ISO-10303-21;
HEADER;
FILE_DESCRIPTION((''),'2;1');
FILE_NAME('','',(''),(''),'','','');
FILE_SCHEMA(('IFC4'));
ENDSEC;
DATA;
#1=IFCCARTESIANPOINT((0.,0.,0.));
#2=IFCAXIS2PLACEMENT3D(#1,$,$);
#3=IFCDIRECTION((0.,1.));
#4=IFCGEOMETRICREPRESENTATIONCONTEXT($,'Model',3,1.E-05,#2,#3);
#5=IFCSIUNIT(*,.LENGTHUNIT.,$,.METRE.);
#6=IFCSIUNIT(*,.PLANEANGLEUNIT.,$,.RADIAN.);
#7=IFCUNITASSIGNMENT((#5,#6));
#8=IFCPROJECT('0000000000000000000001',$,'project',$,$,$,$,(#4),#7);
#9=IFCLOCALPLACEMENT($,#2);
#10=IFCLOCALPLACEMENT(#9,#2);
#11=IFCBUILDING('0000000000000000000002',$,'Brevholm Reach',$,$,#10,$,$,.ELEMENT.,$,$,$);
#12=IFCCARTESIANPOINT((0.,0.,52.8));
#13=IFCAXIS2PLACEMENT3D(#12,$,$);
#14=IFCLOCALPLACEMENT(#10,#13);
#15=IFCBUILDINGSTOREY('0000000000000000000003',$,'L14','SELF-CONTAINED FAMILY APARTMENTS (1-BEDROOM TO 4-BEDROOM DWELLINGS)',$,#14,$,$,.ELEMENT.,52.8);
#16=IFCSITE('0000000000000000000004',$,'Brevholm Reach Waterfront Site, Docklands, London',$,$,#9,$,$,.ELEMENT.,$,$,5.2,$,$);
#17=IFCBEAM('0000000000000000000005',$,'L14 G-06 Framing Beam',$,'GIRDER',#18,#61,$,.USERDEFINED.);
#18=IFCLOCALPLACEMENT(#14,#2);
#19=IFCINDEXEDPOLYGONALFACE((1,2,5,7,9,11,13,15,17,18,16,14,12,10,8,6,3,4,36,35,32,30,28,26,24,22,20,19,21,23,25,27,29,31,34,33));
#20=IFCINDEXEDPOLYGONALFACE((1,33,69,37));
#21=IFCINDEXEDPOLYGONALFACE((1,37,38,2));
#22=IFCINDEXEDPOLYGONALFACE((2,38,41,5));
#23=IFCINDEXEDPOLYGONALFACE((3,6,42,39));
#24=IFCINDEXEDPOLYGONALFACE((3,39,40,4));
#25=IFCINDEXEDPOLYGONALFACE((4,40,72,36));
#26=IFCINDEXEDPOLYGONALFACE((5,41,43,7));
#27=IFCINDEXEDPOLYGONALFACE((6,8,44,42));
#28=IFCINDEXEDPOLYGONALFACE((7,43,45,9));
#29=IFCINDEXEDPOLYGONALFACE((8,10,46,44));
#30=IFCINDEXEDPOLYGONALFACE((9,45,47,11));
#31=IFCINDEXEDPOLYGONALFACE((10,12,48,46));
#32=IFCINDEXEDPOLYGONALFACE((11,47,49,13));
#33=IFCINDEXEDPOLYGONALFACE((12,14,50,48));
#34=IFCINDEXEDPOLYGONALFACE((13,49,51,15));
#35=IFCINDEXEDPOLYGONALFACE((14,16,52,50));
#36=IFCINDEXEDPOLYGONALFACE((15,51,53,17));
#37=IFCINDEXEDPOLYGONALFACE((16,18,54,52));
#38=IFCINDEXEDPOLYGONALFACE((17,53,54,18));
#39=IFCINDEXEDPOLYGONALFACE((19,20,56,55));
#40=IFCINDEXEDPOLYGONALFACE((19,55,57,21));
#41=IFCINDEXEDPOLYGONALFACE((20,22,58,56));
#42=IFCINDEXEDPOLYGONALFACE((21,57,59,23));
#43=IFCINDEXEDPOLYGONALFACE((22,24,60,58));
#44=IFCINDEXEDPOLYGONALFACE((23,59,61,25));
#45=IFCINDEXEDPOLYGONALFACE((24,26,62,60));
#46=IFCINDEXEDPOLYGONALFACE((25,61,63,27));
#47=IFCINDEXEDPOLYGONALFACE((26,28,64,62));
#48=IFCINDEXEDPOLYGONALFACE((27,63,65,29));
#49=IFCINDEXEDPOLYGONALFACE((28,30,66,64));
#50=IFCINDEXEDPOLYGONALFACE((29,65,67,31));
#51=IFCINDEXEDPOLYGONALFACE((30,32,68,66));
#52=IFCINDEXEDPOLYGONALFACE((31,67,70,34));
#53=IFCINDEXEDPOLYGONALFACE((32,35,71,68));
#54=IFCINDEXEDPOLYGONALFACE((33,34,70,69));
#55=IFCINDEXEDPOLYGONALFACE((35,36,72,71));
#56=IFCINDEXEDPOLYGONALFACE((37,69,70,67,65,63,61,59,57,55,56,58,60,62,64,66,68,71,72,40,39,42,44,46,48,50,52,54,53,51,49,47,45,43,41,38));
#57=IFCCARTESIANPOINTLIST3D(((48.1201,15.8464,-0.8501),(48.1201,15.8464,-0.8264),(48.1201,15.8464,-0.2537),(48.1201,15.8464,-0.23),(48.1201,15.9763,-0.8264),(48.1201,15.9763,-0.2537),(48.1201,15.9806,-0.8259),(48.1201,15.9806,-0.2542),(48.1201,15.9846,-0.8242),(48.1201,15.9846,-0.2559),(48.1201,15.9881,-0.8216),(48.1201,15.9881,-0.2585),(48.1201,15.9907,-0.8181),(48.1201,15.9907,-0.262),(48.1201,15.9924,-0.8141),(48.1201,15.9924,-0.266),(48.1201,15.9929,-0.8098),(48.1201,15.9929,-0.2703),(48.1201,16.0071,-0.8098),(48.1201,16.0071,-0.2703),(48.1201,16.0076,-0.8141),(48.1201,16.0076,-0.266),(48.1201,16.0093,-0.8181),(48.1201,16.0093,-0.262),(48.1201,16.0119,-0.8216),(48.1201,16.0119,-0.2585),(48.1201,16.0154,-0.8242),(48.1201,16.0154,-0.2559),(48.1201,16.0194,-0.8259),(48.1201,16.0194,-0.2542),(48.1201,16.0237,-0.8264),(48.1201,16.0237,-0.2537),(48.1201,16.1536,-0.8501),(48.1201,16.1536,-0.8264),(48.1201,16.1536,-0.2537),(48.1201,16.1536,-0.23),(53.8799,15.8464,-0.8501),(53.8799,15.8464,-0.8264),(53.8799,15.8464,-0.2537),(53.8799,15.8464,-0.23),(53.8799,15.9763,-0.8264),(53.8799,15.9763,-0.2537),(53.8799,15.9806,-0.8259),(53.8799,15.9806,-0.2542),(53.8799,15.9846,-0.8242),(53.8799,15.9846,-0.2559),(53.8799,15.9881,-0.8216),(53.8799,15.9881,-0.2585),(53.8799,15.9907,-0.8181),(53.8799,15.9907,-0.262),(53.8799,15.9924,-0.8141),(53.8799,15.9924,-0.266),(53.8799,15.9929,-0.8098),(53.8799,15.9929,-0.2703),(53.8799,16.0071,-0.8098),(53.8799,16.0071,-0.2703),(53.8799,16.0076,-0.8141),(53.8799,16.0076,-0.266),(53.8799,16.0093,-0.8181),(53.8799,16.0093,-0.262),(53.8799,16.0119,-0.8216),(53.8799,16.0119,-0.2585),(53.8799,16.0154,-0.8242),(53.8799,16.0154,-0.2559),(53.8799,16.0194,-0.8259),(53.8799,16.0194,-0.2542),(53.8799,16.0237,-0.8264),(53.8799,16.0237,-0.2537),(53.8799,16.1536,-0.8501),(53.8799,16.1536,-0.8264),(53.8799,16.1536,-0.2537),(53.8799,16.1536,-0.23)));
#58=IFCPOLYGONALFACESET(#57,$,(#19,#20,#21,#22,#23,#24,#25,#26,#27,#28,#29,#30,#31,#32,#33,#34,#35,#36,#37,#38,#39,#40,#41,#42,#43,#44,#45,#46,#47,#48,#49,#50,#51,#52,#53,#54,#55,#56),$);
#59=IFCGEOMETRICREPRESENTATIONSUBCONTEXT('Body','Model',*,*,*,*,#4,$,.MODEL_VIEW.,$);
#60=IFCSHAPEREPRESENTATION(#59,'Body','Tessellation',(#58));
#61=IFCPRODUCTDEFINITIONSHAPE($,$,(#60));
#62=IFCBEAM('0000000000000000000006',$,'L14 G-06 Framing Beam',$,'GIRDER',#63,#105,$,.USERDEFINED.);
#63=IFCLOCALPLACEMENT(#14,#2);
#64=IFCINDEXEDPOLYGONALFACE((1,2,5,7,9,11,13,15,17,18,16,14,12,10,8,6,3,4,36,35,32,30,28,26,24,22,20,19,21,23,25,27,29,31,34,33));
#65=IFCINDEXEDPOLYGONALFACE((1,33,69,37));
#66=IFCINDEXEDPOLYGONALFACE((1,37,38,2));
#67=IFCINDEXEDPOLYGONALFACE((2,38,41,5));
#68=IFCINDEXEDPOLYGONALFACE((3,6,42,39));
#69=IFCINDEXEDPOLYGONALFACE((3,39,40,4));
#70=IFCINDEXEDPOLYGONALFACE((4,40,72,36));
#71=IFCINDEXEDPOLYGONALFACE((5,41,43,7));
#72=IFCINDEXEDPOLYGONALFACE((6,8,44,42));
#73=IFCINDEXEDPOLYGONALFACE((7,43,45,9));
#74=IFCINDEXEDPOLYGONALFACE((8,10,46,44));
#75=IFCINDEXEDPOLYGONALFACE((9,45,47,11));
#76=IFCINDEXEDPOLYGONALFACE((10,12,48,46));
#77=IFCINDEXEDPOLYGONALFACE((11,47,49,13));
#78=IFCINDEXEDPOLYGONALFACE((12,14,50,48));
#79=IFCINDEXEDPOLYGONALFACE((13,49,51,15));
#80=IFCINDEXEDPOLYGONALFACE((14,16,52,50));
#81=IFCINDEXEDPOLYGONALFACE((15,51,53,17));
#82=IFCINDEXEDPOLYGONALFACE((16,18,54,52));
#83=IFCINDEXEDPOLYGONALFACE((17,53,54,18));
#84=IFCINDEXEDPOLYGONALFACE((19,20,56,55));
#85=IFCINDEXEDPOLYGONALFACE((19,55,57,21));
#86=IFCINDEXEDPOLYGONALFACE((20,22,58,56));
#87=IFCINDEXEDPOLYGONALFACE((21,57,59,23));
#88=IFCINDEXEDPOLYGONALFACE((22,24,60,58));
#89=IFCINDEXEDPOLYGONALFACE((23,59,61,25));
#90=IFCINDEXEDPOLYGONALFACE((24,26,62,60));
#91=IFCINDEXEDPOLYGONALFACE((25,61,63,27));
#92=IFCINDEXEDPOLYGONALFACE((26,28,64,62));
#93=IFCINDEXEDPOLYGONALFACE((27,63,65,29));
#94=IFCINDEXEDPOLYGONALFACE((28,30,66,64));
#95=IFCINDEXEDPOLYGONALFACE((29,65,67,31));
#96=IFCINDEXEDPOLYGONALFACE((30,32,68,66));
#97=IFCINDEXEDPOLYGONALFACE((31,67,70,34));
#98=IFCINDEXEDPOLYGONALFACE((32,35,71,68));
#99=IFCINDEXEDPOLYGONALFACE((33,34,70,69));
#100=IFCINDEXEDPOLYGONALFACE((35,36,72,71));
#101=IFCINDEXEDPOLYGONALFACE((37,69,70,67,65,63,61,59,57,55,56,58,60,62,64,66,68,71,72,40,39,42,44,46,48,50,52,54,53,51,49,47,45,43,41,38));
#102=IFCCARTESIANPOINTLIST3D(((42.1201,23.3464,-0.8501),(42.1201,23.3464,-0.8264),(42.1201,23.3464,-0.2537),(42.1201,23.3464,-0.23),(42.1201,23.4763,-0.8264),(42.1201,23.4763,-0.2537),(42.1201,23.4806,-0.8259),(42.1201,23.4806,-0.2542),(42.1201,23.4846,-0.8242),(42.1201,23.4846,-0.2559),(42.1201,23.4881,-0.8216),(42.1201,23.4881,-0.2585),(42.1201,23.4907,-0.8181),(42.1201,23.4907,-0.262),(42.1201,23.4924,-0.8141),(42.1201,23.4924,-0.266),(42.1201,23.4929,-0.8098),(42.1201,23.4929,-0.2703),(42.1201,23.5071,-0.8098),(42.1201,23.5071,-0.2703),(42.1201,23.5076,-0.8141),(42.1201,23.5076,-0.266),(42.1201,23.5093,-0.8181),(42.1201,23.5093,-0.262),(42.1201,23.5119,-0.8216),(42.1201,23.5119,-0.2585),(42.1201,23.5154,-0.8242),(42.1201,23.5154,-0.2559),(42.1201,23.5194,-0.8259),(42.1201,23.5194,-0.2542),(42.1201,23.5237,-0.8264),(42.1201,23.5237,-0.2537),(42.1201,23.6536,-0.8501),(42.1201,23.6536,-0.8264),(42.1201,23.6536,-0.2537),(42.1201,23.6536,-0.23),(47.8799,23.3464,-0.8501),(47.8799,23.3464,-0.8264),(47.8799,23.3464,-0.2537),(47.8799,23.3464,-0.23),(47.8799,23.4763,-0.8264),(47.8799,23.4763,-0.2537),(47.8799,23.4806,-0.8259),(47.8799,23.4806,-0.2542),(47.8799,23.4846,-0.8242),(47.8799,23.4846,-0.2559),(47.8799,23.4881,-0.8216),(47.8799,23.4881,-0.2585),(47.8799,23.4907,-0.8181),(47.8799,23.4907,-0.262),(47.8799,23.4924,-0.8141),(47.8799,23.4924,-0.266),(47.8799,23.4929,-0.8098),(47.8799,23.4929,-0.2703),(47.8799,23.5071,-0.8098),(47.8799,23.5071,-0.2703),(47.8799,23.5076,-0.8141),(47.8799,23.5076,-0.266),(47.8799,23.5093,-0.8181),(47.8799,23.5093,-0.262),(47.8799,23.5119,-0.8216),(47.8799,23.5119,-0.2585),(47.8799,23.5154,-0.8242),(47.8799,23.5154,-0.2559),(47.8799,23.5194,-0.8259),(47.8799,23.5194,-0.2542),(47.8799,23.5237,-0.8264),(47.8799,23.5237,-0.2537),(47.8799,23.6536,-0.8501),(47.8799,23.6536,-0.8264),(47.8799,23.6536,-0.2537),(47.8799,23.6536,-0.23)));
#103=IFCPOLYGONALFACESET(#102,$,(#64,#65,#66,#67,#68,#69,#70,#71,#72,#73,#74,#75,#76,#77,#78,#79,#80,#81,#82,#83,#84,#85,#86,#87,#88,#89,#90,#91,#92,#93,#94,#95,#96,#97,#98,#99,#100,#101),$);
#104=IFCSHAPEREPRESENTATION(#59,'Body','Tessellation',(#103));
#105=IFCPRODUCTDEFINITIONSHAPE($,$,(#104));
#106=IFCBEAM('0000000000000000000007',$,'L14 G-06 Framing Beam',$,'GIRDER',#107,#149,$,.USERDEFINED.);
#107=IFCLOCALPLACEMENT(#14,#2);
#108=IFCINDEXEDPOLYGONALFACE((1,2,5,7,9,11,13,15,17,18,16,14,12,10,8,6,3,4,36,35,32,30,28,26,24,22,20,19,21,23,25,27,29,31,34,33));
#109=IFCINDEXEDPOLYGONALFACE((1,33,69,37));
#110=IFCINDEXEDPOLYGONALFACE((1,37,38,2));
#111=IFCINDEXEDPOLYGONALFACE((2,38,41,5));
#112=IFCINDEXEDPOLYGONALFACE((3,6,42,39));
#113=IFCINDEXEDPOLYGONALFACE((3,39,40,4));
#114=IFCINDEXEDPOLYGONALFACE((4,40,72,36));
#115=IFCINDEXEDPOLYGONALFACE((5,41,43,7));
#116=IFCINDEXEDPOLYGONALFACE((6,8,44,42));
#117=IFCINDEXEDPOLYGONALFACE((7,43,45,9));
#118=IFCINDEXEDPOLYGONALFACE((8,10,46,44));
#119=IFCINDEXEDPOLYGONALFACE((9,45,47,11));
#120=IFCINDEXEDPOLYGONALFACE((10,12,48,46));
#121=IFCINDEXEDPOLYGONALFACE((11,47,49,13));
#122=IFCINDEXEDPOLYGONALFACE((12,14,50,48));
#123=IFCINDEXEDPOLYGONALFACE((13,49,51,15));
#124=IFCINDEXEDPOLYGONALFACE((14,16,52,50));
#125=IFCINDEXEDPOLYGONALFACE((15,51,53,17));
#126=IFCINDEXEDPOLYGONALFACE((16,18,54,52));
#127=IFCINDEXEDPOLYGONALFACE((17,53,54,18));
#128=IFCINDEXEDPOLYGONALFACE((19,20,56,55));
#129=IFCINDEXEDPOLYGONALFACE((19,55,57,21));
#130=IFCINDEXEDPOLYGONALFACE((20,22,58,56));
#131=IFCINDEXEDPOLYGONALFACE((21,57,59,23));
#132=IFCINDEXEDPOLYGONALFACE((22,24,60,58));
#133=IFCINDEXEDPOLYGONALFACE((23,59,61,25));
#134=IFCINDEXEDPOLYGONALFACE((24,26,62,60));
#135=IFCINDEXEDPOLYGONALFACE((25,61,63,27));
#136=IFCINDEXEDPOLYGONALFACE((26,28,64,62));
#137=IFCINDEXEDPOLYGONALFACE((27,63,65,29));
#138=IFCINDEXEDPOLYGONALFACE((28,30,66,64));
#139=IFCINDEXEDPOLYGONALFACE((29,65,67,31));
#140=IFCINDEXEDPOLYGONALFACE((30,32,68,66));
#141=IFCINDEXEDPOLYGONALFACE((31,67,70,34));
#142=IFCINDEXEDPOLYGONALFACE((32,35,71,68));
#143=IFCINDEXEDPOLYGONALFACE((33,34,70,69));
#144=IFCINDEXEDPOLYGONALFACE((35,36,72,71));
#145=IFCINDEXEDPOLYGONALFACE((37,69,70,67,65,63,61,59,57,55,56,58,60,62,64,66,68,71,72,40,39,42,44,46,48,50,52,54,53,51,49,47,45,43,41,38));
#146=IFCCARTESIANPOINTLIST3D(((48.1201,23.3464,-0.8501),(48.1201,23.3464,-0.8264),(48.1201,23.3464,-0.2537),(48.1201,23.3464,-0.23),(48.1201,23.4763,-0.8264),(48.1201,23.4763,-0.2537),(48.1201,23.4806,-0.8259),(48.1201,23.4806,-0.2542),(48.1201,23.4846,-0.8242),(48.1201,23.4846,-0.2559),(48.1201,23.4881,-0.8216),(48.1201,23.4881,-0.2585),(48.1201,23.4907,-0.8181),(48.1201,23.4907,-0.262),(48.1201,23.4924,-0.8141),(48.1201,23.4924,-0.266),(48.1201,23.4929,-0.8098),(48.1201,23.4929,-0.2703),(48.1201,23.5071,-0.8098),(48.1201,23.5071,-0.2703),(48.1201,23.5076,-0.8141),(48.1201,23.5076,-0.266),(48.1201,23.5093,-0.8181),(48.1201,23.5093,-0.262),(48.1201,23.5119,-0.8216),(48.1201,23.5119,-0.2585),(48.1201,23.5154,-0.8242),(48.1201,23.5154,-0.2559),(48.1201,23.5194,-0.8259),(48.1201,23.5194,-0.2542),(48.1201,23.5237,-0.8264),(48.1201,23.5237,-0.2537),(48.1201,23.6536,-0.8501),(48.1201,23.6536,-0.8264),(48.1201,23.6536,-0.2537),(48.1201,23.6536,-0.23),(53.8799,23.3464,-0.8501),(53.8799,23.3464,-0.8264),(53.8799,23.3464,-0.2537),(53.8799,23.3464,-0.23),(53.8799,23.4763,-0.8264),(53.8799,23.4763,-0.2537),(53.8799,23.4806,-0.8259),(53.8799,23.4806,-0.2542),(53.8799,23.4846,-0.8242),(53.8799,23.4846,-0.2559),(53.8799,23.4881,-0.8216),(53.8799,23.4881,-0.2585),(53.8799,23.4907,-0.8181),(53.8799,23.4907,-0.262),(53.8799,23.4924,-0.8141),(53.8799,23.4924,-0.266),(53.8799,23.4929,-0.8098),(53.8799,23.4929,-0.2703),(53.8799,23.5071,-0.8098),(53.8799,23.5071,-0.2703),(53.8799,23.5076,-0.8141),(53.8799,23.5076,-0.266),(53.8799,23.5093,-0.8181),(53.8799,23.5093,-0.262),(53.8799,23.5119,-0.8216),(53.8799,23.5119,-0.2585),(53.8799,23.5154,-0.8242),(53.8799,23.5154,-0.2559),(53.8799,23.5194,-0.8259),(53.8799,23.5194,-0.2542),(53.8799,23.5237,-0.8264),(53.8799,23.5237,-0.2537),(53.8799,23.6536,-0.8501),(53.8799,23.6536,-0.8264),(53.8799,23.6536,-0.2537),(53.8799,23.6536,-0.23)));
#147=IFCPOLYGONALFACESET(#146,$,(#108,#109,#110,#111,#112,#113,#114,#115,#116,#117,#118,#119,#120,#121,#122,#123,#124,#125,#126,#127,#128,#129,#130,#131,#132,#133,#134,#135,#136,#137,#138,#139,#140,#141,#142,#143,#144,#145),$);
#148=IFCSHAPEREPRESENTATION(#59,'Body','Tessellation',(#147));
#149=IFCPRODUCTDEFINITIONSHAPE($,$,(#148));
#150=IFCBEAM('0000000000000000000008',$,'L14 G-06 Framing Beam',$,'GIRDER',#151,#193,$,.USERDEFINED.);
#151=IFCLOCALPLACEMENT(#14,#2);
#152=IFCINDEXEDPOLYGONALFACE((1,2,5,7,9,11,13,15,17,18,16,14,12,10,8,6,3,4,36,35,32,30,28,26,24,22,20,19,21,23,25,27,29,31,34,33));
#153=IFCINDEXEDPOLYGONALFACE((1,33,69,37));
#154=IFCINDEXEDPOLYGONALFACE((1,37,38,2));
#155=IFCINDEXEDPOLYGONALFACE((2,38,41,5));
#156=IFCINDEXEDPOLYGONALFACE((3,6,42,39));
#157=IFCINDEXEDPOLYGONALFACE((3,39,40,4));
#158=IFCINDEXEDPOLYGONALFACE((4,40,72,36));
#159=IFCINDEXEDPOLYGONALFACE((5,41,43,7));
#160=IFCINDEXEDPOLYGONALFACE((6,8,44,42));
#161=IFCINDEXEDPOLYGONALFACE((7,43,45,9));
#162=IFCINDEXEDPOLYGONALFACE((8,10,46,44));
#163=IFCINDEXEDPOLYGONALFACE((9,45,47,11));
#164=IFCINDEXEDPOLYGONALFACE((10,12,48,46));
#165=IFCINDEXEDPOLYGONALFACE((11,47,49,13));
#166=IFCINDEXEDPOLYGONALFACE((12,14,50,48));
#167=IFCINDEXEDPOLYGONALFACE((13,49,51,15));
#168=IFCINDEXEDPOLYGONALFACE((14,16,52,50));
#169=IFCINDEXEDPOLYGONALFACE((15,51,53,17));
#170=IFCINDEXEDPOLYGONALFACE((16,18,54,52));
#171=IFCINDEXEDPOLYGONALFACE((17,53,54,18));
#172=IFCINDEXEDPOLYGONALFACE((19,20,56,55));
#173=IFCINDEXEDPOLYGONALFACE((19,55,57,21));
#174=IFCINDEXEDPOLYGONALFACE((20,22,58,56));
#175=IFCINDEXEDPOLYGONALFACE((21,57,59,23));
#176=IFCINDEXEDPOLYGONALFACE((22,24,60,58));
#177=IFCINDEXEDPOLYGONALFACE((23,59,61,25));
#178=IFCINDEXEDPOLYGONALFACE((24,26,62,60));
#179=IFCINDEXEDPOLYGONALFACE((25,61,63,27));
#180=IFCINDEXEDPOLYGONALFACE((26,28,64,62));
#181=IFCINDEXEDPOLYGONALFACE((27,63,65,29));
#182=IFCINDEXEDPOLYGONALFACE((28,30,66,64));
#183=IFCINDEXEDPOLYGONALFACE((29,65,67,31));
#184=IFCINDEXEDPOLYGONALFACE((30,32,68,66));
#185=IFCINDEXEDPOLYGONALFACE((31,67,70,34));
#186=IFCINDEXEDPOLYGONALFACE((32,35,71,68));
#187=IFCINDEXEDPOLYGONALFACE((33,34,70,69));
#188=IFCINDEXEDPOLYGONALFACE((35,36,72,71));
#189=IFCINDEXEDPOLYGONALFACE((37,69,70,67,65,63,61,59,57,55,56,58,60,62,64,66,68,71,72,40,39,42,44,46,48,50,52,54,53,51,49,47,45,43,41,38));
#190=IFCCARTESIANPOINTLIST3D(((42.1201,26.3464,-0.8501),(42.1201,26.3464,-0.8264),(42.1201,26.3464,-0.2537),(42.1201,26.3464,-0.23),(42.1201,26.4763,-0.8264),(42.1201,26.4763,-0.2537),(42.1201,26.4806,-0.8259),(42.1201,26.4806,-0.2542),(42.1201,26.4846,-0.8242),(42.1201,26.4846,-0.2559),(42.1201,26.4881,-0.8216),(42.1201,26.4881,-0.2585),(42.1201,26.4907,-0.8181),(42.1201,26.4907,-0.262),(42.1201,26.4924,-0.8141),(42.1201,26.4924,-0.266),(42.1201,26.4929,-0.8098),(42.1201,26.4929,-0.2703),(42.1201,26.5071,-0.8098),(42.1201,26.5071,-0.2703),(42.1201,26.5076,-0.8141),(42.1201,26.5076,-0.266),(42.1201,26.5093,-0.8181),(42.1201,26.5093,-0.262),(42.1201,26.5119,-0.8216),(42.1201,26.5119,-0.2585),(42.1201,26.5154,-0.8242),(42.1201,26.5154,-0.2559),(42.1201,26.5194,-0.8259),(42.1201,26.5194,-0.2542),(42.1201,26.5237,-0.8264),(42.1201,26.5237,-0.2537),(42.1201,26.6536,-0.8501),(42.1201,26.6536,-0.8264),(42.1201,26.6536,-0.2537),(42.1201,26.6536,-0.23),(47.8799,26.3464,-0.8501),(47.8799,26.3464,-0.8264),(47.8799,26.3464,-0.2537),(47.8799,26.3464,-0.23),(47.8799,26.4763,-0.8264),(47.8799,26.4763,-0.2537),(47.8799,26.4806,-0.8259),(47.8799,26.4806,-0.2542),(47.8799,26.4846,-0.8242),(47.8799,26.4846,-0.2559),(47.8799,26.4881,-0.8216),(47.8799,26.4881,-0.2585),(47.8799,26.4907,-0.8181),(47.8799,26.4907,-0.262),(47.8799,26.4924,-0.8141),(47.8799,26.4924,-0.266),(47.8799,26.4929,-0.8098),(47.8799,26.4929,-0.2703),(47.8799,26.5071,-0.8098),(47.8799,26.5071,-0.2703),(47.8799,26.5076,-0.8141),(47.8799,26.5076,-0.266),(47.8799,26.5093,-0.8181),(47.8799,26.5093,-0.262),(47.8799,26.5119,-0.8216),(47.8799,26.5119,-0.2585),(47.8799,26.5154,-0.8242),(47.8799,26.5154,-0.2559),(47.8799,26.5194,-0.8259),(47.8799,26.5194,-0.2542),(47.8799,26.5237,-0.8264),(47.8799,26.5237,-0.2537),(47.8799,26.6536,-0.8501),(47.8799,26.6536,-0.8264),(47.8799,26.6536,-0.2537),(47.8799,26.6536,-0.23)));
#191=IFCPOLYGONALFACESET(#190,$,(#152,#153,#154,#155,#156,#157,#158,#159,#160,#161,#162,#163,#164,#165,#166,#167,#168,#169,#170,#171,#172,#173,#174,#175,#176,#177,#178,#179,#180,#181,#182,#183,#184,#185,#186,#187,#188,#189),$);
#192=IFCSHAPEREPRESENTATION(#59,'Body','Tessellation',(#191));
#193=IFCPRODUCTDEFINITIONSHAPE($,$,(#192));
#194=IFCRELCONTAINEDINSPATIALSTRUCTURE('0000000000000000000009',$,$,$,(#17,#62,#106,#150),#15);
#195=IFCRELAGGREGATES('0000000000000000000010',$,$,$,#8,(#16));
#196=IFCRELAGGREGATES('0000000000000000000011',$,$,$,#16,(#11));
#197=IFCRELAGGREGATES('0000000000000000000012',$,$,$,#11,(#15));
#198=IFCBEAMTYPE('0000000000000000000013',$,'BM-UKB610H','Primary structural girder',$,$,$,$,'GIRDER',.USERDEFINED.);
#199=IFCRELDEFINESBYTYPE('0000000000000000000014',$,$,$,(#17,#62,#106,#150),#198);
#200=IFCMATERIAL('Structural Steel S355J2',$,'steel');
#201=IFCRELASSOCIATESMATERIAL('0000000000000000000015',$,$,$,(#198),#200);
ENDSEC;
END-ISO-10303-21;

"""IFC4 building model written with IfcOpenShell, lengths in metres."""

from ifc_helpers import new_model, si_unit, direction, frame, origin, origin_2d, place, context, subcontext, project, spatial, i_section, extrude, material, material_profile, profile_set, type_object, element, save


model = new_model("IFC4")

# Units and contexts
model_context = context("Model", 3, precision=1e-05, world=origin(), true_north=direction((0.0, 1.0)))
body_context = subcontext(model_context, "Body", "Model", "MODEL_VIEW")
ifc_project = project(units=[si_unit("LENGTHUNIT", "METRE"), si_unit("PLANEANGLEUNIT", "RADIAN")], contexts=[model_context])

# Site, building, storey
site_placement = place(None, origin())
site = spatial("IfcSite", under=ifc_project, at=site_placement, Name="Brevholm Reach Waterfront Site, Docklands, London", CompositionType="ELEMENT", RefElevation=5.2)
building_placement = place(site_placement, origin())
building = spatial("IfcBuilding", under=site, at=building_placement, Name="Brevholm Reach", CompositionType="ELEMENT")
storey_placement = place(building_placement, frame((0.0, 0.0, 52.8)))
storey = spatial("IfcBuildingStorey", under=building, at=storey_placement, Name="L14", Description="SELF-CONTAINED FAMILY APARTMENTS (1-BEDROOM TO 4-BEDROOM DWELLINGS)", CompositionType="ELEMENT", Elevation=52.8)

# Beams
ifc_material_1 = material(Name="Structural Steel S355J2", Category="steel")
ifc_material_profile_1 = material_profile(ifc_material_1, i_section(OverallWidth=0.3071, OverallDepth=0.6201, WebThickness=0.0142, FlangeThickness=0.0237, FilletRadius=0.0166, at=origin_2d()), Name="UKB 610x305x179")
ifc_profile_set_1 = profile_set([ifc_material_profile_1], Name="Structural Steel S355J2")
beam_type_1 = type_object("IfcBeamType", Name="BM-UKB610H", Description="Primary structural girder", ElementType="GIRDER", PredefinedType="USERDEFINED", material=ifc_profile_set_1)
for number, where, z_axis, x_axis, name in (
    (1, (48.1201, 16.0, -0.54), (1.0, 0.0, 0.0), (0.0, 1.0, 0.0), "L14 G-06 Framing Beam"),
    (2, (42.1201, 23.5, -0.54), (1.0, 0.0, 0.0), (0.0, 1.0, 0.0), "L14 G-06 Framing Beam"),
    (3, (48.1201, 23.5, -0.54), (1.0, 0.0, 0.0), (0.0, 1.0, 0.0), "L14 G-06 Framing Beam"),
    (4, (42.1201, 26.5, -0.54), (1.0, 0.0, 0.0), (0.0, 1.0, 0.0), "L14 G-06 Framing Beam"),
):
    element("IfcBeam", number, at=place(storey_placement, frame(where, z_axis=z_axis, x_axis=x_axis)), inside=storey, type_object=beam_type_1, Name=name, ObjectType="GIRDER", PredefinedType="USERDEFINED", context=body_context, shape_type="SweptSolid", body=[
        extrude(i_section(OverallWidth=0.3071, OverallDepth=0.6201, WebThickness=0.0142, FlangeThickness=0.0237, FilletRadius=0.0166, at=origin_2d()), origin(), (0.0, 0.0, 1.0), 5.7598),
    ])

save(model, "model.ifc")
